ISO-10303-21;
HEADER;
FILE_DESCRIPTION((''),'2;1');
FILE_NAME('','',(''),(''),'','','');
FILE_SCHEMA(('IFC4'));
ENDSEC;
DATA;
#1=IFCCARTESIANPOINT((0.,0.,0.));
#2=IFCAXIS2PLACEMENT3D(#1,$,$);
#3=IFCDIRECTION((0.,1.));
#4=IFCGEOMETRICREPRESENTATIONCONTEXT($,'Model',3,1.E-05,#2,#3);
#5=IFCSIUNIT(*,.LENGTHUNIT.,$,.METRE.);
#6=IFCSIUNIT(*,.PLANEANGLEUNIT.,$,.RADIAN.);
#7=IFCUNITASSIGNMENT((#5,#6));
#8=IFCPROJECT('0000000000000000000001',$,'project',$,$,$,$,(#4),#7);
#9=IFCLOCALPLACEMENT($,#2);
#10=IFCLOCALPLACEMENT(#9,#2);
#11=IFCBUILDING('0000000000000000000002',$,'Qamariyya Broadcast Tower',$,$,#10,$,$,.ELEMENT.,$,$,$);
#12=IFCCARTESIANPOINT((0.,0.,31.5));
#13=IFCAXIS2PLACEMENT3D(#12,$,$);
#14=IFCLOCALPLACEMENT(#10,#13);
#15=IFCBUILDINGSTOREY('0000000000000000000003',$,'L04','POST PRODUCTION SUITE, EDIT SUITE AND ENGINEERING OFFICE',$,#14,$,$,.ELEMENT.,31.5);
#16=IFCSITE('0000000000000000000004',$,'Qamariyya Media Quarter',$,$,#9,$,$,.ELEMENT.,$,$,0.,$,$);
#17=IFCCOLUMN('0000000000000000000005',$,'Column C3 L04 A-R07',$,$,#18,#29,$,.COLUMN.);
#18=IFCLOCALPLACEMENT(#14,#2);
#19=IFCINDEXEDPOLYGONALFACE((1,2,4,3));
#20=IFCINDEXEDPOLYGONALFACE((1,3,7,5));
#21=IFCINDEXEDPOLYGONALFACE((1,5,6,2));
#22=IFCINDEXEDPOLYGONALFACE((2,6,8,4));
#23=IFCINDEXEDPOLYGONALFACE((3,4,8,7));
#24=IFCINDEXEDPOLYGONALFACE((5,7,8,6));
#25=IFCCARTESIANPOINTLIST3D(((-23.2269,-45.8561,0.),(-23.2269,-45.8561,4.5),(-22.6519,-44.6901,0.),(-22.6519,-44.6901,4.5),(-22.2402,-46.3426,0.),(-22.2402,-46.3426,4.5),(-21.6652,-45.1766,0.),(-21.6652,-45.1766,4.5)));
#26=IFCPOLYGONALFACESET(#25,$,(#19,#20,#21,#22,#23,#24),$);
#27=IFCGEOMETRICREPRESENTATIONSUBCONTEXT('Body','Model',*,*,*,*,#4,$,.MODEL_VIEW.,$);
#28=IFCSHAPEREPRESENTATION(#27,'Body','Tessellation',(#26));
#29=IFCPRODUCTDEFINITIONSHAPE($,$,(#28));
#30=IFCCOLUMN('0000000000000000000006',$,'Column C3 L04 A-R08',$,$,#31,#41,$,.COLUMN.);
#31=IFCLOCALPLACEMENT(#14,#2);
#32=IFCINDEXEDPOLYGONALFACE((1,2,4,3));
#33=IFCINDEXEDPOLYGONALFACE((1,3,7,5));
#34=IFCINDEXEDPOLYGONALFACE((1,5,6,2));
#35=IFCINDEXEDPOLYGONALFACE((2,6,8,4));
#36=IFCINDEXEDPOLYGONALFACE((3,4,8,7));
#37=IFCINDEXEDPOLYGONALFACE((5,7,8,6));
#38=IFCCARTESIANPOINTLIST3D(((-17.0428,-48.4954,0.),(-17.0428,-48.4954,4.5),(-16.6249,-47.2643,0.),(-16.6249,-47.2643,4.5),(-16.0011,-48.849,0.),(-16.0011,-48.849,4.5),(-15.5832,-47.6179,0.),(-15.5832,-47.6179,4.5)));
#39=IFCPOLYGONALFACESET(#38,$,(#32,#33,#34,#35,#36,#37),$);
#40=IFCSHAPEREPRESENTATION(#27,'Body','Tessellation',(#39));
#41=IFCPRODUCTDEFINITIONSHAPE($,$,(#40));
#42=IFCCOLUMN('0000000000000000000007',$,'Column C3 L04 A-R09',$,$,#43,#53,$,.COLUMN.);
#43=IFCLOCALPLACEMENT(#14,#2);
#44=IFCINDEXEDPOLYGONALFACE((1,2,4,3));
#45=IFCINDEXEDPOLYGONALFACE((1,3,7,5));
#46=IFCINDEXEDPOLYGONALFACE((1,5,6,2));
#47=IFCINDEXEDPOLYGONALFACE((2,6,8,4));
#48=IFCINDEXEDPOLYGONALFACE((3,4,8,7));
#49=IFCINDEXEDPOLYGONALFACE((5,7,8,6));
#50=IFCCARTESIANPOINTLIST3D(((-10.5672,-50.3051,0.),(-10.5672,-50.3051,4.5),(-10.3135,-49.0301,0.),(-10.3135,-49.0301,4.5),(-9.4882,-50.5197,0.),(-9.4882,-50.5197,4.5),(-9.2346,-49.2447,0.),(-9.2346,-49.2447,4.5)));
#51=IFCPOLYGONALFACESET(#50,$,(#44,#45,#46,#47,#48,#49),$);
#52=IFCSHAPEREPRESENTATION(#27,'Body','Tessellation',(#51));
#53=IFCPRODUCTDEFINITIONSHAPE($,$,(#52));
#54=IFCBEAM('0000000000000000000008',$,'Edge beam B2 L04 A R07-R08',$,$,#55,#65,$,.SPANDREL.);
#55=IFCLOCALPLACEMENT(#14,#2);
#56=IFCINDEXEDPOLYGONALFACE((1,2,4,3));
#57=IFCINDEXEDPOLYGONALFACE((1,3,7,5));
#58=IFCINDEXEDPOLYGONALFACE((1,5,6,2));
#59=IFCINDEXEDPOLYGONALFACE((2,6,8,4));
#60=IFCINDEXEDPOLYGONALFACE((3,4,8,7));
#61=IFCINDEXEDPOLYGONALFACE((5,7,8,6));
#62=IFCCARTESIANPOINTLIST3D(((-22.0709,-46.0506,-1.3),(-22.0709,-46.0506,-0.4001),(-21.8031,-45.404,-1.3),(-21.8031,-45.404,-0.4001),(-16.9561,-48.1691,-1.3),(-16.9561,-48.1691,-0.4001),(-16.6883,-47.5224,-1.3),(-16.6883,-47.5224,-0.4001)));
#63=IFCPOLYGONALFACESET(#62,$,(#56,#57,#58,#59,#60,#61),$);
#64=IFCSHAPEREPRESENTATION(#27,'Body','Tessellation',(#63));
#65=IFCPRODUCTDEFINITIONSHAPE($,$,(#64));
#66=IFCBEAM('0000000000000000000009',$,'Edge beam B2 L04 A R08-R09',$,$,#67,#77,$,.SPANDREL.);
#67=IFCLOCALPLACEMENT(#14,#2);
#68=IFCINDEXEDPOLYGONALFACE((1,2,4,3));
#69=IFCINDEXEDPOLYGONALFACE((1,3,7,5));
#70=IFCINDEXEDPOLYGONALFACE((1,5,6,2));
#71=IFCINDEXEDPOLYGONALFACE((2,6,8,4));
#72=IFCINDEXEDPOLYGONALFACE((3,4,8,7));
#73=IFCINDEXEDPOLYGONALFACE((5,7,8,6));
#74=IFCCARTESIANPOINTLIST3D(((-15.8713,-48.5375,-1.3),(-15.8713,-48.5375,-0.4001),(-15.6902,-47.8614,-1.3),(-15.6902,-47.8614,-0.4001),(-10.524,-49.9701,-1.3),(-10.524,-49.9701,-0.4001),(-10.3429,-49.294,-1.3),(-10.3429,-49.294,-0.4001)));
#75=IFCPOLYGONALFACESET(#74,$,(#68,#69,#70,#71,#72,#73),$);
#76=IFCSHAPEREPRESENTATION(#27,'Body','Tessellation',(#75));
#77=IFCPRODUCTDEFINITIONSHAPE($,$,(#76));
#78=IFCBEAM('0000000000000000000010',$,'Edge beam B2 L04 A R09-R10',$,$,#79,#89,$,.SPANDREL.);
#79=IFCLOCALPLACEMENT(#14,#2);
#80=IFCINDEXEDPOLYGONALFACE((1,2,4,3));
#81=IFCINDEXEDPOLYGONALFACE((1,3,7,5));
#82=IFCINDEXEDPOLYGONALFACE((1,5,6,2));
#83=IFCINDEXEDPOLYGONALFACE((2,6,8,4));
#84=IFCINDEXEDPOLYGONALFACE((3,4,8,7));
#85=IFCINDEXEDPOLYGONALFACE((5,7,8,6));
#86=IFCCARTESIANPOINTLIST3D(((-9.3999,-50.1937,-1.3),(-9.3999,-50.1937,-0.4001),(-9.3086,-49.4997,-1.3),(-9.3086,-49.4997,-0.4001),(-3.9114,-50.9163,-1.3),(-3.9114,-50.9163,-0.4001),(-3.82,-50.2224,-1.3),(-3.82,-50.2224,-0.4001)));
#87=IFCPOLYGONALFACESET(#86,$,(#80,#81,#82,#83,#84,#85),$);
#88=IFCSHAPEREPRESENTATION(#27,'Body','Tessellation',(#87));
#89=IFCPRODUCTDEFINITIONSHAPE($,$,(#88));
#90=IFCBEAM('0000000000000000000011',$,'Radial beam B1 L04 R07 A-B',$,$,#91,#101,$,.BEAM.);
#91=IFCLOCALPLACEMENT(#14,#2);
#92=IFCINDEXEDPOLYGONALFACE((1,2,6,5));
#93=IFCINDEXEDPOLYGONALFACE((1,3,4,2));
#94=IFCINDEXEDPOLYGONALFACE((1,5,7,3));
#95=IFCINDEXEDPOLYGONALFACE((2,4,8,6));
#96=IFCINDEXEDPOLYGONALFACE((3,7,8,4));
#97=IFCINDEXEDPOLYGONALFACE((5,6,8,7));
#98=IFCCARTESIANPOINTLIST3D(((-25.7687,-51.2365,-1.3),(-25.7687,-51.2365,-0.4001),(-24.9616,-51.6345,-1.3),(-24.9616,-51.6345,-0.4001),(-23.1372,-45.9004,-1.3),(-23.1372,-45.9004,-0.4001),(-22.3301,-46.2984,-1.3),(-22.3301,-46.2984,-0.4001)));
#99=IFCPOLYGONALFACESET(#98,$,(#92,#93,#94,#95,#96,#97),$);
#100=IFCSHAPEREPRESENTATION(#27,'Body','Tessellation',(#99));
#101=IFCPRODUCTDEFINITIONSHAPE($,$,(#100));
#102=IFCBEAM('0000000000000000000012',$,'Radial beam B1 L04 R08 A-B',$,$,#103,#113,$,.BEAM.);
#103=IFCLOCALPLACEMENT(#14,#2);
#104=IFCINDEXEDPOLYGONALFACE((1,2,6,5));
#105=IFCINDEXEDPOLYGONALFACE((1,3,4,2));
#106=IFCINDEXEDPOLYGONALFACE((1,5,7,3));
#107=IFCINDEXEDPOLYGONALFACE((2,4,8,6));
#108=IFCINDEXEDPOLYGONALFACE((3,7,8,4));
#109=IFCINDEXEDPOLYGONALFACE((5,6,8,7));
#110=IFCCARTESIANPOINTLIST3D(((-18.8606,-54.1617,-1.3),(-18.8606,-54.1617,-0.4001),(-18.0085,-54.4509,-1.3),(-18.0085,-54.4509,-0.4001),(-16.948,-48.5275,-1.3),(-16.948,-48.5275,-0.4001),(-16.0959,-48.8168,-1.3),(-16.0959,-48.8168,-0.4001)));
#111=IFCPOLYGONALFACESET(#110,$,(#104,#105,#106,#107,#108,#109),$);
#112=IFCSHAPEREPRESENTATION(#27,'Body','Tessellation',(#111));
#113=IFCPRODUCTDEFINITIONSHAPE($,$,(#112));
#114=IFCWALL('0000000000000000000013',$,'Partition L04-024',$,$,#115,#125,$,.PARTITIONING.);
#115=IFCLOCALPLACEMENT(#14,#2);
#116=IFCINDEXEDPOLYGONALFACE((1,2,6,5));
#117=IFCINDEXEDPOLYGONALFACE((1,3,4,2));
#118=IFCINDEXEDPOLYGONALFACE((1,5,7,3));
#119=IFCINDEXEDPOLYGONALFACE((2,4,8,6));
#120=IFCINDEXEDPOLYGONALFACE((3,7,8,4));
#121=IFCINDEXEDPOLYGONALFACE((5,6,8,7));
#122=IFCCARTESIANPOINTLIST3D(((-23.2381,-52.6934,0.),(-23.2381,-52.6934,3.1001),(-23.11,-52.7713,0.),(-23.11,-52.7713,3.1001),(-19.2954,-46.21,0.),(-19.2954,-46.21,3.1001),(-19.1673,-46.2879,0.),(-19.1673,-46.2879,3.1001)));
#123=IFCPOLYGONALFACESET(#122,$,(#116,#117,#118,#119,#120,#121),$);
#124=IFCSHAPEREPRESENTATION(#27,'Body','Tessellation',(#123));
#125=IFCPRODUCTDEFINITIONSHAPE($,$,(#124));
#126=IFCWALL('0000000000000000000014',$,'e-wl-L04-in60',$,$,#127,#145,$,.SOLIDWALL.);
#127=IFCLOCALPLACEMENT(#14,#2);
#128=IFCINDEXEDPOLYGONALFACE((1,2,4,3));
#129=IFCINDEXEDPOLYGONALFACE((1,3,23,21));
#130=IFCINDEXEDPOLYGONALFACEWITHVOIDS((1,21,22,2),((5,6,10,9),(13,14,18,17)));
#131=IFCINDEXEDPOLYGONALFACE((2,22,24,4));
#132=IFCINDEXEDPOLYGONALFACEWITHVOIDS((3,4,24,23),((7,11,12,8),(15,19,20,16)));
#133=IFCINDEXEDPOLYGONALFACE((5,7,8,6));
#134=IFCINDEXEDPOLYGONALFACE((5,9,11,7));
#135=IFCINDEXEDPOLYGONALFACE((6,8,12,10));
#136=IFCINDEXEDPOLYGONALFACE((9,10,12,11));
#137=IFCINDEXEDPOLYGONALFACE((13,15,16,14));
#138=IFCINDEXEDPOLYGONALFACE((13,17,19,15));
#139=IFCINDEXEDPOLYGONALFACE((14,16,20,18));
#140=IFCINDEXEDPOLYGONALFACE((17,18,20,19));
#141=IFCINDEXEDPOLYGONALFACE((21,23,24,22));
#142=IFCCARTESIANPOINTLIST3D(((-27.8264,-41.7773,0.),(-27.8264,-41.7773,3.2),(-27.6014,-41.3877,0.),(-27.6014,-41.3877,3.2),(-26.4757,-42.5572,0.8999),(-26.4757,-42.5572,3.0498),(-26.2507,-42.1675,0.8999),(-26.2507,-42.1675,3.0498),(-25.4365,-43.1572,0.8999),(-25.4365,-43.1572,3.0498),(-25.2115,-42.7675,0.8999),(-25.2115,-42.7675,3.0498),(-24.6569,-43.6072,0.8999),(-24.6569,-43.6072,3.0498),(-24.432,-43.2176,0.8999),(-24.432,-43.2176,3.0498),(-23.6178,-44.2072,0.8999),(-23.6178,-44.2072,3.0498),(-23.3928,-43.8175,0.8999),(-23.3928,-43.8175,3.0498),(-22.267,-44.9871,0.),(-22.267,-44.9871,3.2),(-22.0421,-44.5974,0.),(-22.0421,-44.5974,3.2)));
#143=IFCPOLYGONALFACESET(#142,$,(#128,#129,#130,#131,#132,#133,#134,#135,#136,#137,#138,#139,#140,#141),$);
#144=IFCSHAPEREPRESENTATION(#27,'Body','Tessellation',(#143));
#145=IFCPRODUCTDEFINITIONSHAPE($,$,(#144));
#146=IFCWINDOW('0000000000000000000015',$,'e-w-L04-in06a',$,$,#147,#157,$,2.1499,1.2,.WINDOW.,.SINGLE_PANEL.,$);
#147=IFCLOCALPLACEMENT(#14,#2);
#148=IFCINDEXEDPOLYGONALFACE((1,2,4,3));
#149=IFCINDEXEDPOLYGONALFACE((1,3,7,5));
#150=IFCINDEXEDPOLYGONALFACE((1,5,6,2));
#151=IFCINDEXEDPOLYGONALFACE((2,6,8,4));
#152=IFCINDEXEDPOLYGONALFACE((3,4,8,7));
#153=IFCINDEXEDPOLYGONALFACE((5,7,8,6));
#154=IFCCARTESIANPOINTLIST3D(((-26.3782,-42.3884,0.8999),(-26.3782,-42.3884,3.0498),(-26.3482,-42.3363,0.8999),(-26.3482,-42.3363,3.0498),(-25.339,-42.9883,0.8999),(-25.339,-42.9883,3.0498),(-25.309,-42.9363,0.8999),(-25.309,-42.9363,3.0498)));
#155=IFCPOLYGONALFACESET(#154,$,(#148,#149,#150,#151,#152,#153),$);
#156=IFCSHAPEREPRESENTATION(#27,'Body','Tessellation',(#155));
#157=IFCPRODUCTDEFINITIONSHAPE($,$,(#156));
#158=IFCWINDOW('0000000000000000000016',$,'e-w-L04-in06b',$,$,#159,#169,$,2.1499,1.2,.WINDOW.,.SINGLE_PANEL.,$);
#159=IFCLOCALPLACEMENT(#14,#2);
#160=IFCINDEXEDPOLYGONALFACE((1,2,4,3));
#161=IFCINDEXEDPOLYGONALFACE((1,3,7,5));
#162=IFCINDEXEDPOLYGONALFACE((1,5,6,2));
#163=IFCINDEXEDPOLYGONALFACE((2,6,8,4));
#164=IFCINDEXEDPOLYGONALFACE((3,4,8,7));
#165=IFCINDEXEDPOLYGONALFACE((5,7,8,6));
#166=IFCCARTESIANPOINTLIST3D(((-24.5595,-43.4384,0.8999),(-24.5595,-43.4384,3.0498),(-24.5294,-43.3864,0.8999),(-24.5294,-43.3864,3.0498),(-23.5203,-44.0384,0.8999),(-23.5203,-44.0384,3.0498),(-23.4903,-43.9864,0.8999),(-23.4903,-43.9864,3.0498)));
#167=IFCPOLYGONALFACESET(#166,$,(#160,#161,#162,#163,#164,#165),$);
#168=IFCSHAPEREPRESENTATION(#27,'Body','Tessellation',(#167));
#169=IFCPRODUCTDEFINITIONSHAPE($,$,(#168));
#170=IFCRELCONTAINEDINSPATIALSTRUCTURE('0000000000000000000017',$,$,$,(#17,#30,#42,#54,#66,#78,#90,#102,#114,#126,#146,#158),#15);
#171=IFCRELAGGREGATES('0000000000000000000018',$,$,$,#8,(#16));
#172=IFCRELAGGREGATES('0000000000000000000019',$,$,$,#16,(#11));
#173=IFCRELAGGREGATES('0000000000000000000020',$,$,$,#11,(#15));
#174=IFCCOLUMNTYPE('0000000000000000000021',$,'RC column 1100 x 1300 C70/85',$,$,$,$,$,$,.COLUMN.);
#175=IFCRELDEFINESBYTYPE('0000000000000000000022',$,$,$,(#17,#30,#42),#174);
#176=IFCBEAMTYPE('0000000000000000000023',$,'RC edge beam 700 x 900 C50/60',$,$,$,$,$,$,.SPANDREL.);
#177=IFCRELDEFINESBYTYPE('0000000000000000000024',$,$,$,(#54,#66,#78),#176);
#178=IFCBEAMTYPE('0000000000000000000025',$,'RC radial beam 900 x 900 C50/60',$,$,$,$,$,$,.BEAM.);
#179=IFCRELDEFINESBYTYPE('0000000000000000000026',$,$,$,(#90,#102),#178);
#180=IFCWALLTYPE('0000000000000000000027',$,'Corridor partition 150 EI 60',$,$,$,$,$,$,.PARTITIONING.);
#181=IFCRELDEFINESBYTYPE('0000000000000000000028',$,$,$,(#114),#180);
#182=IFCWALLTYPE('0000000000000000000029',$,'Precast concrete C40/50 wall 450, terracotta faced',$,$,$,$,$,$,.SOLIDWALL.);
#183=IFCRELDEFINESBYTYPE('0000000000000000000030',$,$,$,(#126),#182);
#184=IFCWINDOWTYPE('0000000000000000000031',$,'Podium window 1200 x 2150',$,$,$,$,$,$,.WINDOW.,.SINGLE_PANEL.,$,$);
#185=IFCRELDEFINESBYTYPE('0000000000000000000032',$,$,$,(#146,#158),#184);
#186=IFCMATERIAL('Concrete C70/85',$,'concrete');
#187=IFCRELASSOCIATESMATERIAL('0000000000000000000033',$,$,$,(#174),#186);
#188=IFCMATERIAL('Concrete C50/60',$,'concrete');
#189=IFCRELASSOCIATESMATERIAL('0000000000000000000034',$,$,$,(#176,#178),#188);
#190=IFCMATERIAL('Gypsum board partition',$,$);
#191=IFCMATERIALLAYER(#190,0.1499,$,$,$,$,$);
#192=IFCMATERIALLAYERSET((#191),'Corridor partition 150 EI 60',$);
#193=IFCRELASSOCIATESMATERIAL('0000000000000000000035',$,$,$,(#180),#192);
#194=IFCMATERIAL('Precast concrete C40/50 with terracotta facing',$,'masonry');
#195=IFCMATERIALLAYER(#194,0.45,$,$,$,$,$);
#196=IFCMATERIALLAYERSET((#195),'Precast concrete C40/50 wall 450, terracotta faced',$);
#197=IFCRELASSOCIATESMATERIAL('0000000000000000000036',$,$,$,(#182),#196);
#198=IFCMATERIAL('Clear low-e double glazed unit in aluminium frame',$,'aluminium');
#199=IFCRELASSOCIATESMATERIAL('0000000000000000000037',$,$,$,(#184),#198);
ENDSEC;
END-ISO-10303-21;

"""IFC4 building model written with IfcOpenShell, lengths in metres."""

from ifc_helpers import new_model, si_unit, direction, frame, frame_2d, origin, origin_2d, place, context, subcontext, project, spatial, rectangle, extrude, material, layer, layer_set, material_profile, profile_set, type_object, element, fill, save


model = new_model("IFC4")

# Units and contexts
model_context = context("Model", 3, precision=1e-05, world=origin(), true_north=direction((0.0, 1.0)))
body_context = subcontext(model_context, "Body", "Model", "MODEL_VIEW")
ifc_project = project(units=[si_unit("LENGTHUNIT", "METRE"), si_unit("PLANEANGLEUNIT", "RADIAN")], contexts=[model_context])

# Site, building, storey
site_placement = place(None, origin())
site = spatial("IfcSite", under=ifc_project, at=site_placement, Name="Qamariyya Media Quarter", CompositionType="ELEMENT", RefElevation=0.0)
building_placement = place(site_placement, origin())
building = spatial("IfcBuilding", under=site, at=building_placement, Name="Qamariyya Broadcast Tower", CompositionType="ELEMENT")
storey_placement = place(building_placement, frame((0.0, 0.0, 31.5)))
storey = spatial("IfcBuildingStorey", under=building, at=storey_placement, Name="L04", Description="POST PRODUCTION SUITE, EDIT SUITE AND ENGINEERING OFFICE", CompositionType="ELEMENT", Elevation=31.5)

# Columns
ifc_material_1 = material(Name="Concrete C70/85", Category="concrete")
ifc_material_profile_1 = material_profile(ifc_material_1, rectangle(XDim=1.1001, YDim=1.3, at=origin_2d()))
ifc_profile_set_1 = profile_set([ifc_material_profile_1], Name="Concrete C70/85")
column_type = type_object("IfcColumnType", Name="RC column 1100 x 1300 C70/85", PredefinedType="COLUMN", material=ifc_profile_set_1)
for number, where, z_axis, x_axis, name in (
    (1, (-22.446, -45.5164, 0.0), (0.0, 0.0, 1.0), (0.896873, -0.442289, 0.0), "Column C3 L04 A-R07"),
    (2, (-16.313, -48.0566, 0.0), (0.0, 0.0, 1.0), (0.94693, -0.321439, 0.0), "Column C3 L04 A-R08"),
    (3, (-9.9009, -49.7749, 0.0), (0.0, 0.0, 1.0), (0.980785, -0.19509, 0.0), "Column C3 L04 A-R09"),
):
    element("IfcColumn", number, at=place(storey_placement, frame(where, z_axis=z_axis, x_axis=x_axis)), inside=storey, type_object=column_type, Name=name, PredefinedType="COLUMN", context=body_context, shape_type="SweptSolid", body=[
        extrude(rectangle(XDim=1.1001, YDim=1.3, at=origin_2d()), origin(), (0.0, 0.0, 1.0), 4.5),
    ])

# Beams
ifc_material_2 = material(Name="Concrete C50/60", Category="concrete")
ifc_material_profile_2 = material_profile(ifc_material_2, rectangle(XDim=0.7, YDim=0.8999, at=origin_2d()))
ifc_profile_set_2 = profile_set([ifc_material_profile_2], Name="Concrete C50/60")
beam_type_1 = type_object("IfcBeamType", Name="RC edge beam 700 x 900 C50/60", PredefinedType="SPANDREL", material=ifc_profile_set_2)
beam_1_placement = place(storey_placement, frame((-21.937, -45.7273, -0.8501), z_axis=(0.923892, -0.382654, 0.0), x_axis=(0.382654, 0.923892, 0.0)))
element("IfcBeam", 4, at=beam_1_placement, inside=storey, type_object=beam_type_1, Name="Edge beam B2 L04 A R07-R08", PredefinedType="SPANDREL", context=body_context, shape_type="SweptSolid", body=[
    extrude(rectangle(XDim=0.7, YDim=0.8999, at=origin_2d()), origin(), (0.0, 0.0, 1.0), 5.5361),
])
for number, where, z_axis, x_axis, name in (
    (5, (-15.7808, -48.1995, -0.8501), (0.965936, -0.258782, 0.0), (0.258782, 0.965936, 0.0), "Edge beam B2 L04 A R08-R09"),
    (6, (-9.3542, -49.8467, -0.8501), (0.991443, -0.13054, 0.0), (0.13054, 0.991443, 0.0), "Edge beam B2 L04 A R09-R10"),
):
    element("IfcBeam", number, at=place(storey_placement, frame(where, z_axis=z_axis, x_axis=x_axis)), inside=storey, type_object=beam_type_1, Name=name, PredefinedType="SPANDREL", context=body_context, shape_type="SweptSolid", body=[
        extrude(rectangle(XDim=0.7, YDim=0.8999, at=origin_2d()), origin(), (0.0, 0.0, 1.0), 5.5359),
    ])
ifc_material_profile_3 = material_profile(ifc_material_2, rectangle(XDim=0.8999, YDim=0.8999, at=origin_2d()))
ifc_profile_set_3 = profile_set([ifc_material_profile_3], Name="Concrete C50/60")
beam_type_2 = type_object("IfcBeamType", Name="RC radial beam 900 x 900 C50/60", PredefinedType="BEAM", material=ifc_profile_set_3)
beam_2_placement = place(storey_placement, frame((-22.7336, -46.0994, -0.8501), z_axis=(-0.442299, -0.896868, 0.0), x_axis=(0.896868, -0.442299, 0.0)))
element("IfcBeam", 7, at=beam_2_placement, inside=storey, type_object=beam_type_2, Name="Radial beam B1 L04 R07 A-B", PredefinedType="BEAM", context=body_context, shape_type="SweptSolid", body=[
    extrude(rectangle(XDim=0.8999, YDim=0.8999, at=origin_2d()), origin(), (0.0, 0.0, 1.0), 5.9497),
])
beam_3_placement = place(storey_placement, frame((-16.522, -48.6721, -0.8501), z_axis=(-0.321442, -0.946929, 0.0), x_axis=(0.946929, -0.321442, 0.0)))
element("IfcBeam", 8, at=beam_3_placement, inside=storey, type_object=beam_type_2, Name="Radial beam B1 L04 R08 A-B", PredefinedType="BEAM", context=body_context, shape_type="SweptSolid", body=[
    extrude(rectangle(XDim=0.8999, YDim=0.8999, at=origin_2d()), origin(), (0.0, 0.0, 1.0), 5.95),
])

# Wall
ifc_material_3 = material(Name="Gypsum board partition")
ifc_layer_1 = layer(ifc_material_3, 0.1499)
ifc_layer_set_1 = layer_set([ifc_layer_1], Name="Corridor partition 150 EI 60")
wall_type_1 = type_object("IfcWallType", Name="Corridor partition 150 EI 60", PredefinedType="PARTITIONING", material=ifc_layer_set_1)
wall_1_placement = place(storey_placement, frame((-19.2314, -46.249, 0.0), z_axis=(0.0, 0.0, 1.0), x_axis=(-0.519583, -0.85442, 0.0)))
element("IfcWall", 9, at=wall_1_placement, inside=storey, type_object=wall_type_1, Name="Partition L04-024", PredefinedType="PARTITIONING", context=body_context, shape_type="SweptSolid", body=[
    extrude(rectangle(XDim=7.5881, YDim=0.1499, at=frame_2d((3.7939, 0.0))), origin(), (0.0, 0.0, 1.0), 3.1001),
])

# Wall, openings, windows
ifc_material_4 = material(Name="Precast concrete C40/50 with terracotta facing", Category="masonry")
ifc_layer_2 = layer(ifc_material_4, 0.45)
ifc_layer_set_2 = layer_set([ifc_layer_2], Name="Precast concrete C40/50 wall 450, terracotta faced")
wall_type_2 = type_object("IfcWallType", Name="Precast concrete C40/50 wall 450, terracotta faced", PredefinedType="SOLIDWALL", material=ifc_layer_set_2)
wall_2_placement = place(storey_placement, frame((-22.1545, -44.7922, 0.0), z_axis=(0.0, 0.0, 1.0), x_axis=(-0.866023, 0.500004, 0.0)))
wall_2 = element("IfcWall", 10, at=wall_2_placement, inside=storey, type_object=wall_type_2, Name="e-wl-L04-in60", PredefinedType="SOLIDWALL", context=body_context, shape_type="SweptSolid", body=[
    extrude(rectangle(XDim=6.4194, YDim=0.45, at=frame_2d((3.2097, 0.0))), origin(), (0.0, 0.0, 1.0), 3.2),
])
opening_1_placement = place(wall_2_placement, frame((3.6597, 0.0, 0.8999)))
opening_1 = element("IfcOpeningElement", 11, at=opening_1_placement, cuts=wall_2, PredefinedType="OPENING", context=body_context, shape_type="SweptSolid", body=[
    extrude(rectangle(XDim=1.2, YDim=2.1499, at=frame_2d((0.6001, 1.075))), frame((0.0, 0.2349, 0.0), z_axis=(0.0, -1.0, 0.0), x_axis=(1.0, 0.0, 0.0)), (0.0, 0.0, 1.0), 0.47),
])
opening_2_placement = place(wall_2_placement, frame((1.5596, 0.0, 0.8999)))
opening_2 = element("IfcOpeningElement", 12, at=opening_2_placement, cuts=wall_2, PredefinedType="OPENING", context=body_context, shape_type="SweptSolid", body=[
    extrude(rectangle(XDim=1.2, YDim=2.1499, at=frame_2d((0.6001, 1.075))), frame((0.0, 0.2349, 0.0), z_axis=(0.0, -1.0, 0.0), x_axis=(1.0, 0.0, 0.0)), (0.0, 0.0, 1.0), 0.47),
])
ifc_material_5 = material(Name="Clear low-e double glazed unit in aluminium frame", Category="aluminium")
window_type = type_object("IfcWindowType", Name="Podium window 1200 x 2150", PartitioningType="SINGLE_PANEL", PredefinedType="WINDOW", material=ifc_material_5)
window_1_placement = place(opening_1_placement, origin())
window_1 = element("IfcWindow", 13, at=window_1_placement, inside=storey, type_object=window_type, Name="e-w-L04-in06a", OverallHeight=2.1499, OverallWidth=1.2, PartitioningType="SINGLE_PANEL", PredefinedType="WINDOW", context=body_context, shape_type="SweptSolid", body=[
    extrude(rectangle(XDim=1.2, YDim=2.1499, at=frame_2d((0.6001, 1.075))), frame((0.0, 0.03, 0.0), z_axis=(0.0, -1.0, 0.0), x_axis=(1.0, 0.0, 0.0)), (0.0, 0.0, 1.0), 0.0601),
])
fill(opening_1, window_1)
window_2_placement = place(opening_2_placement, origin())
window_2 = element("IfcWindow", 14, at=window_2_placement, inside=storey, type_object=window_type, Name="e-w-L04-in06b", OverallHeight=2.1499, OverallWidth=1.2, PartitioningType="SINGLE_PANEL", PredefinedType="WINDOW", context=body_context, shape_type="SweptSolid", body=[
    extrude(rectangle(XDim=1.2, YDim=2.1499, at=frame_2d((0.6001, 1.075))), frame((0.0, 0.03, 0.0), z_axis=(0.0, -1.0, 0.0), x_axis=(1.0, 0.0, 0.0)), (0.0, 0.0, 1.0), 0.0601),
])
fill(opening_2, window_2)

save(model, "model.ifc")
